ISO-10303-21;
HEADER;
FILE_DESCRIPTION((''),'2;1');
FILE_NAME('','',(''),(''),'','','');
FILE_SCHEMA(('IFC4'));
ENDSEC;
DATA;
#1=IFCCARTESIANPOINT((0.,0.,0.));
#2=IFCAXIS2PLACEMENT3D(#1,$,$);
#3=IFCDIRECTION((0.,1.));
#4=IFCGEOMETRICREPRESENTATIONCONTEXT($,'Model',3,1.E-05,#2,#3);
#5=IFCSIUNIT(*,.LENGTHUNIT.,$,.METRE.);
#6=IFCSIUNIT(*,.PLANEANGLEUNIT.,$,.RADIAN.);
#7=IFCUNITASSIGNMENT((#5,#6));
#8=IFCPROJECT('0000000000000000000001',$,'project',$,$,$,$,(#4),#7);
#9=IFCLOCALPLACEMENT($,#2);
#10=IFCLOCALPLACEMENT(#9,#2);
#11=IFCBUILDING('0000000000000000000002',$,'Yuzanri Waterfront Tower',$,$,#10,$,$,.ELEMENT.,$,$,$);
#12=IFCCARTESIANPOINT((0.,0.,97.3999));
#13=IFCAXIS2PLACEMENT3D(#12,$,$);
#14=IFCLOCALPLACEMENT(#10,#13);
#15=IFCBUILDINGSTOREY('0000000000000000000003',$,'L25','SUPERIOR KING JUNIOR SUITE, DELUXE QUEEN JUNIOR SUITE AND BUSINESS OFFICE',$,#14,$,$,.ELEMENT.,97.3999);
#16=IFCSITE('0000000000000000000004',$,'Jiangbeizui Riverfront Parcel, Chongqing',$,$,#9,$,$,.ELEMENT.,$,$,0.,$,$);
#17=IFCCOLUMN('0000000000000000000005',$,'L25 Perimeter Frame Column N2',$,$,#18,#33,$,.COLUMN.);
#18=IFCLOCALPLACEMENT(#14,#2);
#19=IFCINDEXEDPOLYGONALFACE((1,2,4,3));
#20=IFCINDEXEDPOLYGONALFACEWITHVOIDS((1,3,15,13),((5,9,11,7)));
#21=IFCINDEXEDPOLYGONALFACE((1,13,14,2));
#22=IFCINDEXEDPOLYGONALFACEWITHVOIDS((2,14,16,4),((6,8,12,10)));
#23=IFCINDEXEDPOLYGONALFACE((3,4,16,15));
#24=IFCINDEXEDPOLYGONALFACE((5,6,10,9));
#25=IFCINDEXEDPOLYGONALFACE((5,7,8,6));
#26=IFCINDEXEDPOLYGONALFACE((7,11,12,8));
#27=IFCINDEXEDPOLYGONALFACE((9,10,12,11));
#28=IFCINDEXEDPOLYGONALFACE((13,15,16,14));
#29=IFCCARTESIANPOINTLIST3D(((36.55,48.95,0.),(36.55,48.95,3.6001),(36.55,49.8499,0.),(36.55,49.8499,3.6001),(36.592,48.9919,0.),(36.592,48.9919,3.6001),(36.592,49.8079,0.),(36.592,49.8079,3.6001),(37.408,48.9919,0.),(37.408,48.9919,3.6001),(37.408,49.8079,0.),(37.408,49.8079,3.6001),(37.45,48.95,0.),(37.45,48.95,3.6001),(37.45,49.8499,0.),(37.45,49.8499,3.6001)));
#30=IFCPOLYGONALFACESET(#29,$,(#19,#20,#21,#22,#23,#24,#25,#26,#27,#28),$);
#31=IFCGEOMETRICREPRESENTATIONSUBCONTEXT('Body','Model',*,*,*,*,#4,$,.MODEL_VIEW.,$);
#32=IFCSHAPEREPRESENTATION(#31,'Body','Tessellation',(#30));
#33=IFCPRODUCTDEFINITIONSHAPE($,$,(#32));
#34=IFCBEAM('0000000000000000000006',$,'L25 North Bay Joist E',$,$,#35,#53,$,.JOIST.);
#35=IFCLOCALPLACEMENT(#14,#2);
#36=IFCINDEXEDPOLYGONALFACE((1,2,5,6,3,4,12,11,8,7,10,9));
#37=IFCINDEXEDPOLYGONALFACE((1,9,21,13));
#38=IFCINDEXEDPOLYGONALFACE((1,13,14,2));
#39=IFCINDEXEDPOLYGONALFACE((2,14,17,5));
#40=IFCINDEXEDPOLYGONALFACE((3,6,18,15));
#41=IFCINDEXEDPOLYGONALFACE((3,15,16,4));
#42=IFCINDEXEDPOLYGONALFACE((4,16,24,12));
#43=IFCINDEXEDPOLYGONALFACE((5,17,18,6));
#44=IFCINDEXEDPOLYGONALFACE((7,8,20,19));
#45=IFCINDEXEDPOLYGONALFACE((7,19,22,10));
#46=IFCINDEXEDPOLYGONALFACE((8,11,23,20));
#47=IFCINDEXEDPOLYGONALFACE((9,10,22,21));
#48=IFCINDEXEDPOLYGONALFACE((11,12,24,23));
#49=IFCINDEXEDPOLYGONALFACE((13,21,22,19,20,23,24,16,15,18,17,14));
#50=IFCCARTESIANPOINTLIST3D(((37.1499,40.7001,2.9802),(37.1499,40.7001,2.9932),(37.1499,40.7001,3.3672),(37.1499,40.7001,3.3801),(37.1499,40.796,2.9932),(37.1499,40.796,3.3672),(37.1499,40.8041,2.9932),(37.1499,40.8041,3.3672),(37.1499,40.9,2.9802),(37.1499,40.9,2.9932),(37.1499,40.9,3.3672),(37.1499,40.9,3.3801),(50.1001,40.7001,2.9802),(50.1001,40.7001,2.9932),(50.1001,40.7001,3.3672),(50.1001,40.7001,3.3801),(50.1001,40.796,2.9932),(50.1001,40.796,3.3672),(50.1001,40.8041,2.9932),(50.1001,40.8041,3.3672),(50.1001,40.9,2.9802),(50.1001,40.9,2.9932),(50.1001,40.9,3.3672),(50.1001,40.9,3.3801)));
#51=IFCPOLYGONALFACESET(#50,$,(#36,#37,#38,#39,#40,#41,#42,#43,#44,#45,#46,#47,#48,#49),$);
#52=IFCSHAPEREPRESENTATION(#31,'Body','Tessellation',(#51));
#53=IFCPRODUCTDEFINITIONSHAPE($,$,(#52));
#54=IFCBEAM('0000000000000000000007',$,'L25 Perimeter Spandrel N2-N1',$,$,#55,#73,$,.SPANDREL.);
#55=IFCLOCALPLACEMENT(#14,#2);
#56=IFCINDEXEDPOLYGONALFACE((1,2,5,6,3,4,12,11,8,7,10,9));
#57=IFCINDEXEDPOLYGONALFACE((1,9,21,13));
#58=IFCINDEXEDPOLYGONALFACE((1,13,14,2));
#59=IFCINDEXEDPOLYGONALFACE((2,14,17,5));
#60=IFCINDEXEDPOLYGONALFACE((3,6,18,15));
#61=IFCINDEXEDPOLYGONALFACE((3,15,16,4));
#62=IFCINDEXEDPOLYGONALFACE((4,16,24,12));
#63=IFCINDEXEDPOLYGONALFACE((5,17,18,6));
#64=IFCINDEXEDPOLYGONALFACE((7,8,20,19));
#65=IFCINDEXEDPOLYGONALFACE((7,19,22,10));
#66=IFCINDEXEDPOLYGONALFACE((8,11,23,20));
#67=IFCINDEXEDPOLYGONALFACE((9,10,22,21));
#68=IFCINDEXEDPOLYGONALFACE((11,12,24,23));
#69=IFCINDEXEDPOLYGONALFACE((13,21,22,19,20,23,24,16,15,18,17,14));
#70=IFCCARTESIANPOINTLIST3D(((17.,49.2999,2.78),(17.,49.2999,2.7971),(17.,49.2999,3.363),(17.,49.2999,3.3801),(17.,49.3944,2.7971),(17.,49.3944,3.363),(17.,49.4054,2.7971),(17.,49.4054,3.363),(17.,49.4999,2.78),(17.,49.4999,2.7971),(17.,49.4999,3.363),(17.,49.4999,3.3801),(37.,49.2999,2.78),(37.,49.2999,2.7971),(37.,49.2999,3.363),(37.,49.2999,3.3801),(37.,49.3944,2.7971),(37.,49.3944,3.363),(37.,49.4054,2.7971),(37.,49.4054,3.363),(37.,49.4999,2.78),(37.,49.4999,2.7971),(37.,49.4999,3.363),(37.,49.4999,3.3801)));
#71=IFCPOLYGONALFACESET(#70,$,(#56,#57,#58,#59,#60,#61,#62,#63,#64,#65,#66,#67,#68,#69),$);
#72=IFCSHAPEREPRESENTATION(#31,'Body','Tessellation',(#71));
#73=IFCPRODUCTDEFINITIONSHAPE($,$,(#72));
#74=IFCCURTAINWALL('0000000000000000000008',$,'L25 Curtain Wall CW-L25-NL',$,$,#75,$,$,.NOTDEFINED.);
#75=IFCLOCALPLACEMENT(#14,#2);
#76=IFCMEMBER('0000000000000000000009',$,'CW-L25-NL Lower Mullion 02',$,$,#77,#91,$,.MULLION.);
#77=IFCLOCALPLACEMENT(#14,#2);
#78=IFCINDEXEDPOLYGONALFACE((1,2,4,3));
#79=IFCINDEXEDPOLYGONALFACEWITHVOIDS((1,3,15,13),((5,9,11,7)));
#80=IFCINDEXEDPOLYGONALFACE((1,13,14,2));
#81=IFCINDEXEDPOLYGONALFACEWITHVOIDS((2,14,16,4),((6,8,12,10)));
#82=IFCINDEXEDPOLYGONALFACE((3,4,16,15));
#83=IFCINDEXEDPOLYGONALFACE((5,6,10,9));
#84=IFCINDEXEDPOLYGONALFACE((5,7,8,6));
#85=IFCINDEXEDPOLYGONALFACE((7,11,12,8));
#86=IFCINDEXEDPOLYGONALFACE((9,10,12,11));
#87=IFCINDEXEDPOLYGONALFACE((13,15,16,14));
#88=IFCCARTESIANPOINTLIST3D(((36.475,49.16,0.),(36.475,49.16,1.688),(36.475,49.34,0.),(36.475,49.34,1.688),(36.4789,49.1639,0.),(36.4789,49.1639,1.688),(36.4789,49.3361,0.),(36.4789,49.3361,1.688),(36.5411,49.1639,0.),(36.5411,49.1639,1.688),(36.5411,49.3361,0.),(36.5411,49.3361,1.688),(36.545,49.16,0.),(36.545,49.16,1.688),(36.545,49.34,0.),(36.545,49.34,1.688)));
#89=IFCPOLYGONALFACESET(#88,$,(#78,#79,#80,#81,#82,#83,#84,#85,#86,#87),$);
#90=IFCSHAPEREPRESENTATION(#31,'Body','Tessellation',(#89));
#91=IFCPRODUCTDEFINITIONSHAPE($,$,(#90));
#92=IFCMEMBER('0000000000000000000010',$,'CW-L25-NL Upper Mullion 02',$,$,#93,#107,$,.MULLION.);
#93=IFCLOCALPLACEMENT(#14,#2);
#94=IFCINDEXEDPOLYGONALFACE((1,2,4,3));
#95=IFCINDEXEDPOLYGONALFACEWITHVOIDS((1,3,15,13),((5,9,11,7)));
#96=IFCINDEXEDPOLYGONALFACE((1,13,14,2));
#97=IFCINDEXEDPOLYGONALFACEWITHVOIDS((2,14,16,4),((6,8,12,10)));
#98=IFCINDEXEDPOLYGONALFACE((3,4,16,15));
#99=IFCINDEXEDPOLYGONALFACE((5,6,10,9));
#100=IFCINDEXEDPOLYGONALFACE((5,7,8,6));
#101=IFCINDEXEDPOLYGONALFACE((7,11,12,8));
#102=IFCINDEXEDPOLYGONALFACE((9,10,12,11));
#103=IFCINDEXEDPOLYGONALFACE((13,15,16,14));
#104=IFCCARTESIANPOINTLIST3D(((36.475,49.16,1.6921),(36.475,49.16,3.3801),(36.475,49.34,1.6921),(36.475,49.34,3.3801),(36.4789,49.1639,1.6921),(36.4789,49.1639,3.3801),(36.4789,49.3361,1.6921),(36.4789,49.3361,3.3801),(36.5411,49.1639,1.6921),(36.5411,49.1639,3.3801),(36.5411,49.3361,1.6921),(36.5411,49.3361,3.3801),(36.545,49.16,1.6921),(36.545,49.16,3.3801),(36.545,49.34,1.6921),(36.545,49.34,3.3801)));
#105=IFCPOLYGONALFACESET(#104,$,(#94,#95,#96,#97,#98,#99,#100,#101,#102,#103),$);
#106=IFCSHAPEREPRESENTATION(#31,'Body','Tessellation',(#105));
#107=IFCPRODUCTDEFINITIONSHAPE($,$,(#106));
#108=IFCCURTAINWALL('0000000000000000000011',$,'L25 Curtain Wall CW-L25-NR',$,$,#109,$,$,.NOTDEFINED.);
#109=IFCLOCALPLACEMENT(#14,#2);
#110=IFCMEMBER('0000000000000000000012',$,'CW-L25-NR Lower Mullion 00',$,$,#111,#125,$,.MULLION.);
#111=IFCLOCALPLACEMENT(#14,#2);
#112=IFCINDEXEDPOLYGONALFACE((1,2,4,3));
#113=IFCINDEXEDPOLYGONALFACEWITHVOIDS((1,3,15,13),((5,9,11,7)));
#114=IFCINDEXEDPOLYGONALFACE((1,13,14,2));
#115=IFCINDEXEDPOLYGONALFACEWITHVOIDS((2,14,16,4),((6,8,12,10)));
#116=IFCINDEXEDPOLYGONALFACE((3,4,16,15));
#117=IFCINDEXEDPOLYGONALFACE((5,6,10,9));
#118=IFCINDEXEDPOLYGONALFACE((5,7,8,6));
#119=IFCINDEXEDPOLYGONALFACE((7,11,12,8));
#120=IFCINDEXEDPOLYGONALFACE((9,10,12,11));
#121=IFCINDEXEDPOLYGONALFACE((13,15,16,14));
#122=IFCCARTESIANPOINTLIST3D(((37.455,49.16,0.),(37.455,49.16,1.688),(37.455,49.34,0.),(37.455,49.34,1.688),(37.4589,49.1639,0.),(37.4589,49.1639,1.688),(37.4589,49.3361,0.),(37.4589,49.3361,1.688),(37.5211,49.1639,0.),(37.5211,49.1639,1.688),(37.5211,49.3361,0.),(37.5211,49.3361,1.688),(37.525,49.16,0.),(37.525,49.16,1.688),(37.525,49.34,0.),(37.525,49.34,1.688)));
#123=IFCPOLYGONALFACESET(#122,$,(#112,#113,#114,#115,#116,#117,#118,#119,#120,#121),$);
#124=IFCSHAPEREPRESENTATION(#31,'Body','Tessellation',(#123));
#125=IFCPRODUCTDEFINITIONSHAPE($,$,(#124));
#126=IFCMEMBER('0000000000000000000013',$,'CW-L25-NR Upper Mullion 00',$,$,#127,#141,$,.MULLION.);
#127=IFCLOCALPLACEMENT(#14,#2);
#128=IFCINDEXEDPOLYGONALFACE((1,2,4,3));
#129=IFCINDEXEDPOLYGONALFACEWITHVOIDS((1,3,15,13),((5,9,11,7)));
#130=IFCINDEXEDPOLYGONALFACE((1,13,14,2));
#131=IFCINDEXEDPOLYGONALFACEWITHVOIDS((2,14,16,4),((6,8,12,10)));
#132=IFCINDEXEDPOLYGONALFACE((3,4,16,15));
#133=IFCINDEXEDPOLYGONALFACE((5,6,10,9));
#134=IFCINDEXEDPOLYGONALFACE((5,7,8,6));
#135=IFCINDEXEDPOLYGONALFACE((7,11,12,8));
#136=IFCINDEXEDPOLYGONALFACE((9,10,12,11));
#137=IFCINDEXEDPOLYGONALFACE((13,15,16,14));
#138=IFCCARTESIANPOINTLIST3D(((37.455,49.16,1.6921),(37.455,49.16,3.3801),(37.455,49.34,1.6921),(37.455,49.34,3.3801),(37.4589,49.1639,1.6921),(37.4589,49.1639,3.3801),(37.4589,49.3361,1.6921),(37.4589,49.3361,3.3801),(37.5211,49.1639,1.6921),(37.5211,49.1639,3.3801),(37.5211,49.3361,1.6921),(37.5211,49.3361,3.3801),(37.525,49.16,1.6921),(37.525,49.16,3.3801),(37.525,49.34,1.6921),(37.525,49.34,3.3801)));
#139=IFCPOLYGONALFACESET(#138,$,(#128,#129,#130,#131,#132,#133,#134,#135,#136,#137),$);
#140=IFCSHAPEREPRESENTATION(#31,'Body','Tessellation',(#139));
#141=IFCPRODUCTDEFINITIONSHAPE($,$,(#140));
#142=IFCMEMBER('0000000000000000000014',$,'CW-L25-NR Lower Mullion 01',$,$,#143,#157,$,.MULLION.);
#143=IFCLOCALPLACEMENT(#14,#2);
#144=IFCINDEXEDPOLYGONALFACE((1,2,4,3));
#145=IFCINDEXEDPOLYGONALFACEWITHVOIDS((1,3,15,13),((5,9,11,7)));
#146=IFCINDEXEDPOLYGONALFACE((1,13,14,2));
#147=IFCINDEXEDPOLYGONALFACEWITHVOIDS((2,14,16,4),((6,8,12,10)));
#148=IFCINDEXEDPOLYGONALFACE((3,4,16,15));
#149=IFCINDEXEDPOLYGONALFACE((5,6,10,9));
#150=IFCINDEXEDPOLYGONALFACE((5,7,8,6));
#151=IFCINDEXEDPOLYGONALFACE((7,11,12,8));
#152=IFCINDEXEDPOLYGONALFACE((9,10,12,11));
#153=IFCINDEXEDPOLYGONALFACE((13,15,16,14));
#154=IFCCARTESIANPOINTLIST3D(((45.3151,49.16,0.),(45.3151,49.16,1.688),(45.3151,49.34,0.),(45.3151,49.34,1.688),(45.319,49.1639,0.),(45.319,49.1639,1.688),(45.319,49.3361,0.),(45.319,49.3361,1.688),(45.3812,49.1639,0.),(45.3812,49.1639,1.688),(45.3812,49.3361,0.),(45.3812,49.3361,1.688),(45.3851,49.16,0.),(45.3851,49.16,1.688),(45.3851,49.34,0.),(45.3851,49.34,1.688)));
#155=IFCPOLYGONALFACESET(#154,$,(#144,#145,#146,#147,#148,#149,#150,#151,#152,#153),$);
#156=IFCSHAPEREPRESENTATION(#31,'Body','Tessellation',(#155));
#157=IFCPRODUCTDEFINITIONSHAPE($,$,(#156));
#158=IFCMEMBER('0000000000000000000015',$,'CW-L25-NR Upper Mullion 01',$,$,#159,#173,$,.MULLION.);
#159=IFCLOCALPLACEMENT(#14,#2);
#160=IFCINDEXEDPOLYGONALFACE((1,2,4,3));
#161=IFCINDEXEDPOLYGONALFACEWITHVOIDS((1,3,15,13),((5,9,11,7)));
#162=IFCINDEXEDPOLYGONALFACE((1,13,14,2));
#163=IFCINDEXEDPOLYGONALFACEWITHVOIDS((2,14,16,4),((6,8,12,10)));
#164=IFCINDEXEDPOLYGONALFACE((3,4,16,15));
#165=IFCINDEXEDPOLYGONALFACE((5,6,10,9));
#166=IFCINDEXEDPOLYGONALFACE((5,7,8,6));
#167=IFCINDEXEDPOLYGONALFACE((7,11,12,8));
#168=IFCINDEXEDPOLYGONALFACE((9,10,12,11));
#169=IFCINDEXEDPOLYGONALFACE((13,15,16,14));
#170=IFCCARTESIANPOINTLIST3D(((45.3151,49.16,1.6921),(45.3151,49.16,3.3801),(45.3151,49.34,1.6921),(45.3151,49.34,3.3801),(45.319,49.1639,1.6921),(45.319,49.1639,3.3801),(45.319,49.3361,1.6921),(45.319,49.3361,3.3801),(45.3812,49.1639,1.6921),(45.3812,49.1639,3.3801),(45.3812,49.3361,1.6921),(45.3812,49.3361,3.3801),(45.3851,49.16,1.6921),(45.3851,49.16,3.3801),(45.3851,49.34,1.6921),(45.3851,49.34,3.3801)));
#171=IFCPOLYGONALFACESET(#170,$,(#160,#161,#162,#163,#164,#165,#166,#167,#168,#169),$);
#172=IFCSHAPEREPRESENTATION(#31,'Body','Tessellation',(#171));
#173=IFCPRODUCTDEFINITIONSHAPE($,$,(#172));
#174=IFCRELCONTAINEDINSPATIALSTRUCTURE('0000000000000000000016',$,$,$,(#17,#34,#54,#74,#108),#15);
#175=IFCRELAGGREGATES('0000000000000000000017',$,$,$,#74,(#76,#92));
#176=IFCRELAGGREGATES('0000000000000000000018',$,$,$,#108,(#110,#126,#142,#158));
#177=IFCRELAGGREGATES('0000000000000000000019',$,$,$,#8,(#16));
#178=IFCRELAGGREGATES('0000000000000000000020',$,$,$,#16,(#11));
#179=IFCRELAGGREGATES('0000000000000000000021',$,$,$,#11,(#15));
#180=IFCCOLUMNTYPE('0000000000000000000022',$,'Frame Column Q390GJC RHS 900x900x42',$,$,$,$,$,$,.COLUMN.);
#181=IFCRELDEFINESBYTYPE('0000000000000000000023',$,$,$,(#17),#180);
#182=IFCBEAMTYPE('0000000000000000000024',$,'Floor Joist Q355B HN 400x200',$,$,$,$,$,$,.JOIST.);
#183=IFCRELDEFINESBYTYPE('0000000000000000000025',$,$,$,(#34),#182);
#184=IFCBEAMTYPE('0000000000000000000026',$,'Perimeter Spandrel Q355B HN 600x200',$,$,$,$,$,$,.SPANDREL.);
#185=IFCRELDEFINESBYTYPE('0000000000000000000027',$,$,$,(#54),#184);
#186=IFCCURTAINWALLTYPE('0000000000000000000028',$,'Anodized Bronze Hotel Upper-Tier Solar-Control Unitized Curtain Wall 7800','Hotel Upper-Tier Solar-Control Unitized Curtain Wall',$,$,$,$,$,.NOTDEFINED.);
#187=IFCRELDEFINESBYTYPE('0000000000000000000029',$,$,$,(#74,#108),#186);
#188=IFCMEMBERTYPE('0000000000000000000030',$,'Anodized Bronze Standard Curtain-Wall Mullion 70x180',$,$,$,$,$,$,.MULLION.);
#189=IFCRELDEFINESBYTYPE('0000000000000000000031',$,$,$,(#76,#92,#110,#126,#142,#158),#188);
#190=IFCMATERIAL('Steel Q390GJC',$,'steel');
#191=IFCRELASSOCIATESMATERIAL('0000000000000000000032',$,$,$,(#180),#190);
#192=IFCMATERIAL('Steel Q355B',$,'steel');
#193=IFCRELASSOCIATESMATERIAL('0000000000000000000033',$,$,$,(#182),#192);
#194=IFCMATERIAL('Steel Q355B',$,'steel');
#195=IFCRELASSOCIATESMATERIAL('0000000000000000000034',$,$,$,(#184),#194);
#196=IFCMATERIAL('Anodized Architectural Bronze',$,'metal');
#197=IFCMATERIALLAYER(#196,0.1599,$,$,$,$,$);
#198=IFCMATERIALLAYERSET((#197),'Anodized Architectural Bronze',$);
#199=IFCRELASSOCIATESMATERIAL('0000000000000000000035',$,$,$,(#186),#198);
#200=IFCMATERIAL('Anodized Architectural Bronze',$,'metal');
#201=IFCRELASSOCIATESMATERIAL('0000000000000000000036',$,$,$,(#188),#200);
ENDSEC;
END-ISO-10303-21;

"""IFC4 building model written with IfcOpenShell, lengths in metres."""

from ifc_helpers import new_model, si_unit, direction, frame, origin, origin_2d, place, context, subcontext, project, spatial, hollow_rectangle, i_section, extrude, source, transform, mapped, material, layer, layer_set, material_profile, profile_set, type_object, element, aggregate, save


model = new_model("IFC4")

# Units and contexts
model_context = context("Model", 3, precision=1e-05, world=origin(), true_north=direction((0.0, 1.0)))
body_context = subcontext(model_context, "Body", "Model", "MODEL_VIEW")
ifc_project = project(units=[si_unit("LENGTHUNIT", "METRE"), si_unit("PLANEANGLEUNIT", "RADIAN")], contexts=[model_context])

# Site, building, storey
site_placement = place(None, origin())
site = spatial("IfcSite", under=ifc_project, at=site_placement, Name="Jiangbeizui Riverfront Parcel, Chongqing", CompositionType="ELEMENT", RefElevation=0.0)
building_placement = place(site_placement, origin())
building = spatial("IfcBuilding", under=site, at=building_placement, Name="Yuzanri Waterfront Tower", CompositionType="ELEMENT")
storey_placement = place(building_placement, frame((0.0, 0.0, 97.3999)))
storey = spatial("IfcBuildingStorey", under=building, at=storey_placement, Name="L25", Description="SUPERIOR KING JUNIOR SUITE, DELUXE QUEEN JUNIOR SUITE AND BUSINESS OFFICE", CompositionType="ELEMENT", Elevation=97.3999)

# Column
ifc_material_1 = material(Name="Steel Q390GJC", Category="steel")
ifc_material_profile_1 = material_profile(ifc_material_1, hollow_rectangle(XDim=0.8999, YDim=0.8999, WallThickness=0.042, at=origin_2d()), Name="RHS 900x900x42")
ifc_profile_set_1 = profile_set([ifc_material_profile_1], Name="Steel Q390GJC")
column_type = type_object("IfcColumnType", Name="Frame Column Q390GJC RHS 900x900x42", PredefinedType="COLUMN", material=ifc_profile_set_1)
shared_shape_1 = source(origin(), body_context, "Body", "SweptSolid", [
    extrude(hollow_rectangle(XDim=0.8999, YDim=0.8999, WallThickness=0.042, at=origin_2d()), origin(), (0.0, 0.0, 1.0), 3.6001),
])
column_placement = place(storey_placement, frame((37.0, 49.3999, 0.0), z_axis=(0.0, 0.0, 1.0), x_axis=(1.0, 0.0, 0.0)))
element("IfcColumn", 1, at=column_placement, inside=storey, type_object=column_type, Name="L25 Perimeter Frame Column N2", PredefinedType="COLUMN", context=body_context, shape_type="MappedRepresentation", body=[
    mapped(shared_shape_1, transform((0.0, 0.0, 0.0), scale=1.0)),
])

# Beams
ifc_material_2 = material(Name="Steel Q355B", Category="steel")
ifc_material_profile_2 = material_profile(ifc_material_2, i_section(OverallWidth=0.2, OverallDepth=0.3999, WebThickness=0.0081, FlangeThickness=0.0129, at=origin_2d()), Name="HN 400x200x8x13")
ifc_profile_set_2 = profile_set([ifc_material_profile_2], Name="Steel Q355B")
beam_type_1 = type_object("IfcBeamType", Name="Floor Joist Q355B HN 400x200", PredefinedType="JOIST", material=ifc_profile_set_2)
shared_shape_2 = source(origin(), body_context, "Body", "SweptSolid", [
    extrude(i_section(OverallWidth=0.2, OverallDepth=0.3999, WebThickness=0.0081, FlangeThickness=0.0129, at=origin_2d()), origin(), (0.0, 0.0, 1.0), 12.9502),
])
beam_1_placement = place(storey_placement, frame((37.1499, 40.8, 3.1802), z_axis=(1.0, 0.0, 0.0), x_axis=(0.0, 1.0, 0.0)))
element("IfcBeam", 2, at=beam_1_placement, inside=storey, type_object=beam_type_1, Name="L25 North Bay Joist E", PredefinedType="JOIST", context=body_context, shape_type="MappedRepresentation", body=[
    mapped(shared_shape_2, transform((0.0, 0.0, 0.0), scale=1.0)),
])
ifc_material_3 = material(Name="Steel Q355B", Category="steel")
ifc_material_profile_3 = material_profile(ifc_material_3, i_section(OverallWidth=0.2, OverallDepth=0.6001, WebThickness=0.011, FlangeThickness=0.0171, at=origin_2d()), Name="HN 600x200x11x17")
ifc_profile_set_3 = profile_set([ifc_material_profile_3], Name="Steel Q355B")
beam_type_2 = type_object("IfcBeamType", Name="Perimeter Spandrel Q355B HN 600x200", PredefinedType="SPANDREL", material=ifc_profile_set_3)
shared_shape_3 = source(origin(), body_context, "Body", "SweptSolid", [
    extrude(i_section(OverallWidth=0.2, OverallDepth=0.6001, WebThickness=0.011, FlangeThickness=0.0171, at=origin_2d()), origin(), (0.0, 0.0, 1.0), 20.0),
])
beam_2_placement = place(storey_placement, frame((37.0, 49.3999, 3.0801), z_axis=(-1.0, 0.0, 0.0), x_axis=(0.0, -1.0, 0.0)))
element("IfcBeam", 3, at=beam_2_placement, inside=storey, type_object=beam_type_2, Name="L25 Perimeter Spandrel N2-N1", PredefinedType="SPANDREL", context=body_context, shape_type="MappedRepresentation", body=[
    mapped(shared_shape_3, transform((0.0, 0.0, 0.0), scale=1.0)),
])

# Curtain wall, members
ifc_material_4 = material(Name="Anodized Architectural Bronze", Category="metal")
ifc_layer_1 = layer(ifc_material_4, 0.1599)
ifc_layer_set_1 = layer_set([ifc_layer_1], Name="Anodized Architectural Bronze")
curtain_wall_type = type_object("IfcCurtainWallType", Name="Anodized Bronze Hotel Upper-Tier Solar-Control Unitized Curtain Wall 7800", Description="Hotel Upper-Tier Solar-Control Unitized Curtain Wall", PredefinedType="NOTDEFINED", material=ifc_layer_set_1)
curtain_wall_1_placement = place(storey_placement, origin())
curtain_wall_1 = element("IfcCurtainWall", 4, at=curtain_wall_1_placement, inside=storey, type_object=curtain_wall_type, Name="L25 Curtain Wall CW-L25-NL", PredefinedType="NOTDEFINED")
ifc_material_5 = material(Name="Anodized Architectural Bronze", Category="metal")
ifc_material_profile_4 = material_profile(ifc_material_5, hollow_rectangle(XDim=0.0701, YDim=0.1799, WallThickness=0.0039, at=origin_2d()), Name="CWM 70x180")
ifc_profile_set_4 = profile_set([ifc_material_profile_4], Name="Anodized Architectural Bronze")
member_type_1 = type_object("IfcMemberType", Name="Anodized Bronze Standard Curtain-Wall Mullion 70x180", PredefinedType="MULLION", material=ifc_profile_set_4)
shared_shape_4 = source(origin(), body_context, "Body", "SweptSolid", [
    extrude(hollow_rectangle(XDim=0.0701, YDim=0.1799, WallThickness=0.0039, at=origin_2d()), origin(), (0.0, 0.0, 1.0), 1.688),
])
member_1_placement = place(storey_placement, frame((36.51, 49.25, 0.0), z_axis=(0.0, 0.0, 1.0), x_axis=(1.0, 0.0, 0.0)))
member_1 = element("IfcMember", 5, at=member_1_placement, type_object=member_type_1, Name="CW-L25-NL Lower Mullion 02", PredefinedType="MULLION", context=body_context, shape_type="MappedRepresentation", body=[
    mapped(shared_shape_4, transform((0.0, 0.0, 0.0), scale=1.0)),
])
member_2_placement = place(storey_placement, frame((36.51, 49.25, 1.6921), z_axis=(0.0, 0.0, 1.0), x_axis=(1.0, 0.0, 0.0)))
member_2 = element("IfcMember", 6, at=member_2_placement, type_object=member_type_1, Name="CW-L25-NL Upper Mullion 02", PredefinedType="MULLION", context=body_context, shape_type="MappedRepresentation", body=[
    mapped(shared_shape_4, transform((0.0, 0.0, 0.0), scale=1.0)),
])
aggregate(curtain_wall_1, [member_1, member_2])

# Curtain wall, members
curtain_wall_2_placement = place(storey_placement, origin())
curtain_wall_2 = element("IfcCurtainWall", 7, at=curtain_wall_2_placement, inside=storey, type_object=curtain_wall_type, Name="L25 Curtain Wall CW-L25-NR", PredefinedType="NOTDEFINED")
member_3_placement = place(storey_placement, frame((37.49, 49.25, 0.0), z_axis=(0.0, 0.0, 1.0), x_axis=(1.0, 0.0, 0.0)))
member_3 = element("IfcMember", 8, at=member_3_placement, type_object=member_type_1, Name="CW-L25-NR Lower Mullion 00", PredefinedType="MULLION", context=body_context, shape_type="MappedRepresentation", body=[
    mapped(shared_shape_4, transform((0.0, 0.0, 0.0), scale=1.0)),
])
member_4_placement = place(storey_placement, frame((37.49, 49.25, 1.6921), z_axis=(0.0, 0.0, 1.0), x_axis=(1.0, 0.0, 0.0)))
member_4 = element("IfcMember", 9, at=member_4_placement, type_object=member_type_1, Name="CW-L25-NR Upper Mullion 00", PredefinedType="MULLION", context=body_context, shape_type="MappedRepresentation", body=[
    mapped(shared_shape_4, transform((0.0, 0.0, 0.0), scale=1.0)),
])
member_5_placement = place(storey_placement, frame((45.3501, 49.25, 0.0), z_axis=(0.0, 0.0, 1.0), x_axis=(1.0, 0.0, 0.0)))
member_5 = element("IfcMember", 10, at=member_5_placement, type_object=member_type_1, Name="CW-L25-NR Lower Mullion 01", PredefinedType="MULLION", context=body_context, shape_type="MappedRepresentation", body=[
    mapped(shared_shape_4, transform((0.0, 0.0, 0.0), scale=1.0)),
])
member_6_placement = place(storey_placement, frame((45.3501, 49.25, 1.6921), z_axis=(0.0, 0.0, 1.0), x_axis=(1.0, 0.0, 0.0)))
member_6 = element("IfcMember", 11, at=member_6_placement, type_object=member_type_1, Name="CW-L25-NR Upper Mullion 01", PredefinedType="MULLION", context=body_context, shape_type="MappedRepresentation", body=[
    mapped(shared_shape_4, transform((0.0, 0.0, 0.0), scale=1.0)),
])
aggregate(curtain_wall_2, [member_3, member_4, member_5, member_6])

save(model, "model.ifc")
